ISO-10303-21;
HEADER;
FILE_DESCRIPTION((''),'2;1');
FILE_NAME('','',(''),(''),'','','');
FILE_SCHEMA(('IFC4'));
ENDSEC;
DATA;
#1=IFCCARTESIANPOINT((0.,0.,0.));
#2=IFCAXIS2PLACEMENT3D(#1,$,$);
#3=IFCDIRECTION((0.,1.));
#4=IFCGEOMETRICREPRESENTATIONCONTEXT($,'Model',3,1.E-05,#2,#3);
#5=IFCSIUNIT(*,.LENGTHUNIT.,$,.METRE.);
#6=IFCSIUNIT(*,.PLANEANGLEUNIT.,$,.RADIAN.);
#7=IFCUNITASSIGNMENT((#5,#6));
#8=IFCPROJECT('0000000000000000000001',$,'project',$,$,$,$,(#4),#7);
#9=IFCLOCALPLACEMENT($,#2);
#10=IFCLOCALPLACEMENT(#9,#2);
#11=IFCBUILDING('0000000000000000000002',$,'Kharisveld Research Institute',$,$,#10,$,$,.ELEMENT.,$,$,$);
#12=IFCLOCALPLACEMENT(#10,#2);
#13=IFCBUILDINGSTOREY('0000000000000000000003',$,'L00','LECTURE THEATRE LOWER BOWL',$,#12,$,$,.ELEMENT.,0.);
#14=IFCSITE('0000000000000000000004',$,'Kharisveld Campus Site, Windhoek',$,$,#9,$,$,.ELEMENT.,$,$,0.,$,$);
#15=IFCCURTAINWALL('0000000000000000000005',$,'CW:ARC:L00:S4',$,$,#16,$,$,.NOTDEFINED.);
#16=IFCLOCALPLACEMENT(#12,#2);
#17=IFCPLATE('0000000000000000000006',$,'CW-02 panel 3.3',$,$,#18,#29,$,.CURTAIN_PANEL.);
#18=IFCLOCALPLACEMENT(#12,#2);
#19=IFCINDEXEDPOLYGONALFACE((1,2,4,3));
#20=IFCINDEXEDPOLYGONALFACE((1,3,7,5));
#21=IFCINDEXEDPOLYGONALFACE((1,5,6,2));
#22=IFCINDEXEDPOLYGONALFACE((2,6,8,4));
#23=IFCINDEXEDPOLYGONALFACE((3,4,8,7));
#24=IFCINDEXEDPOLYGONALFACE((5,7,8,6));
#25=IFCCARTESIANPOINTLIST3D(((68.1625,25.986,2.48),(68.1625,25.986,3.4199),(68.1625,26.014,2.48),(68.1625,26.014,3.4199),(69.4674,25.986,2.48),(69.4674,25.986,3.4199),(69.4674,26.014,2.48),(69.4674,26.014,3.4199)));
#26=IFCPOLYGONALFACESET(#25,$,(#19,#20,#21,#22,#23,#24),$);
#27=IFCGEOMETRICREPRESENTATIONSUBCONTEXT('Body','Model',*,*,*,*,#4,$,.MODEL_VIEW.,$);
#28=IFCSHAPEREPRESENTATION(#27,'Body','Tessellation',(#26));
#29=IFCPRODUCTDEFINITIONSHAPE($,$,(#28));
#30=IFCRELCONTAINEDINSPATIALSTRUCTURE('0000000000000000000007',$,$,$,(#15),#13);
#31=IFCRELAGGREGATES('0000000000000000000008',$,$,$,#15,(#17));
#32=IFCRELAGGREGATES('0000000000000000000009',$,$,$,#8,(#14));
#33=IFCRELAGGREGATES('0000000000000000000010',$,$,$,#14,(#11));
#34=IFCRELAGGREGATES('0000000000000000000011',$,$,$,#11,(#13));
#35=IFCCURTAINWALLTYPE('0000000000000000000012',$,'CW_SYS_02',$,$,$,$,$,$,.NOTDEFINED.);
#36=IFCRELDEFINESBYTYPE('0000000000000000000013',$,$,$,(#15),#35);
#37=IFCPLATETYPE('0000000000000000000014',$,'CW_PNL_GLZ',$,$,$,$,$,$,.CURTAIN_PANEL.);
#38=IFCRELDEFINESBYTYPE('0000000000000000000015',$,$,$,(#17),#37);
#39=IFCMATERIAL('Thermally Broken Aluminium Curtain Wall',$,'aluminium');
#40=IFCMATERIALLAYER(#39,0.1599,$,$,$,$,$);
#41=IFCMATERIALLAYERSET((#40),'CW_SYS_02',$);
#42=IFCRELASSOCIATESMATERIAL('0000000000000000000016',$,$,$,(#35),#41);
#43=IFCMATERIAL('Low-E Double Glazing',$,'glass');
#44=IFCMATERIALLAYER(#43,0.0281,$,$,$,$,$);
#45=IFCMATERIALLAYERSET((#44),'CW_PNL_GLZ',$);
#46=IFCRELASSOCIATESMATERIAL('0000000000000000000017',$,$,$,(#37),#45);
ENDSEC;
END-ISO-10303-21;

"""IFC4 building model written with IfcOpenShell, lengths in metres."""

from ifc_helpers import new_model, si_unit, direction, frame, origin, origin_2d, place, context, subcontext, project, spatial, rectangle, extrude, material, layer, layer_set, type_object, element, aggregate, save


model = new_model("IFC4")

# Units and contexts
model_context = context("Model", 3, precision=1e-05, world=origin(), true_north=direction((0.0, 1.0)))
body_context = subcontext(model_context, "Body", "Model", "MODEL_VIEW")
ifc_project = project(units=[si_unit("LENGTHUNIT", "METRE"), si_unit("PLANEANGLEUNIT", "RADIAN")], contexts=[model_context])

# Site, building, storey
site_placement = place(None, origin())
site = spatial("IfcSite", under=ifc_project, at=site_placement, Name="Kharisveld Campus Site, Windhoek", CompositionType="ELEMENT", RefElevation=0.0)
building_placement = place(site_placement, origin())
building = spatial("IfcBuilding", under=site, at=building_placement, Name="Kharisveld Research Institute", CompositionType="ELEMENT")
storey_placement = place(building_placement, origin())
storey = spatial("IfcBuildingStorey", under=building, at=storey_placement, Name="L00", Description="LECTURE THEATRE LOWER BOWL", CompositionType="ELEMENT", Elevation=0.0)

# Curtain wall
ifc_material_1 = material(Name="Thermally Broken Aluminium Curtain Wall", Category="aluminium")
ifc_layer_1 = layer(ifc_material_1, 0.1599)
ifc_layer_set_1 = layer_set([ifc_layer_1], Name="CW_SYS_02")
curtain_wall_type = type_object("IfcCurtainWallType", Name="CW_SYS_02", PredefinedType="NOTDEFINED", material=ifc_layer_set_1)
curtain_wall_1_placement = place(storey_placement, origin())
curtain_wall_1 = element("IfcCurtainWall", 1, at=curtain_wall_1_placement, inside=storey, type_object=curtain_wall_type, Name="CW:ARC:L00:S4", PredefinedType="NOTDEFINED")

# Plate
ifc_material_2 = material(Name="Low-E Double Glazing", Category="glass")
ifc_layer_2 = layer(ifc_material_2, 0.0281)
ifc_layer_set_2 = layer_set([ifc_layer_2], Name="CW_PNL_GLZ")
plate_type = type_object("IfcPlateType", Name="CW_PNL_GLZ", PredefinedType="CURTAIN_PANEL", material=ifc_layer_set_2)
plate_1_placement = place(storey_placement, frame((68.8149, 26.0, 2.48), z_axis=(0.0, 0.0, 1.0), x_axis=(-1.0, 0.0, 0.0)))
plate_1 = element("IfcPlate", 2, at=plate_1_placement, type_object=plate_type, Name="CW-02 panel 3.3", PredefinedType="CURTAIN_PANEL", context=body_context, shape_type="SweptSolid", body=[
    extrude(rectangle(XDim=1.3049, YDim=0.0281, at=origin_2d()), origin(), (0.0, 0.0, 1.0), 0.9399),
])
aggregate(curtain_wall_1, [plate_1])

save(model, "model.ifc")
